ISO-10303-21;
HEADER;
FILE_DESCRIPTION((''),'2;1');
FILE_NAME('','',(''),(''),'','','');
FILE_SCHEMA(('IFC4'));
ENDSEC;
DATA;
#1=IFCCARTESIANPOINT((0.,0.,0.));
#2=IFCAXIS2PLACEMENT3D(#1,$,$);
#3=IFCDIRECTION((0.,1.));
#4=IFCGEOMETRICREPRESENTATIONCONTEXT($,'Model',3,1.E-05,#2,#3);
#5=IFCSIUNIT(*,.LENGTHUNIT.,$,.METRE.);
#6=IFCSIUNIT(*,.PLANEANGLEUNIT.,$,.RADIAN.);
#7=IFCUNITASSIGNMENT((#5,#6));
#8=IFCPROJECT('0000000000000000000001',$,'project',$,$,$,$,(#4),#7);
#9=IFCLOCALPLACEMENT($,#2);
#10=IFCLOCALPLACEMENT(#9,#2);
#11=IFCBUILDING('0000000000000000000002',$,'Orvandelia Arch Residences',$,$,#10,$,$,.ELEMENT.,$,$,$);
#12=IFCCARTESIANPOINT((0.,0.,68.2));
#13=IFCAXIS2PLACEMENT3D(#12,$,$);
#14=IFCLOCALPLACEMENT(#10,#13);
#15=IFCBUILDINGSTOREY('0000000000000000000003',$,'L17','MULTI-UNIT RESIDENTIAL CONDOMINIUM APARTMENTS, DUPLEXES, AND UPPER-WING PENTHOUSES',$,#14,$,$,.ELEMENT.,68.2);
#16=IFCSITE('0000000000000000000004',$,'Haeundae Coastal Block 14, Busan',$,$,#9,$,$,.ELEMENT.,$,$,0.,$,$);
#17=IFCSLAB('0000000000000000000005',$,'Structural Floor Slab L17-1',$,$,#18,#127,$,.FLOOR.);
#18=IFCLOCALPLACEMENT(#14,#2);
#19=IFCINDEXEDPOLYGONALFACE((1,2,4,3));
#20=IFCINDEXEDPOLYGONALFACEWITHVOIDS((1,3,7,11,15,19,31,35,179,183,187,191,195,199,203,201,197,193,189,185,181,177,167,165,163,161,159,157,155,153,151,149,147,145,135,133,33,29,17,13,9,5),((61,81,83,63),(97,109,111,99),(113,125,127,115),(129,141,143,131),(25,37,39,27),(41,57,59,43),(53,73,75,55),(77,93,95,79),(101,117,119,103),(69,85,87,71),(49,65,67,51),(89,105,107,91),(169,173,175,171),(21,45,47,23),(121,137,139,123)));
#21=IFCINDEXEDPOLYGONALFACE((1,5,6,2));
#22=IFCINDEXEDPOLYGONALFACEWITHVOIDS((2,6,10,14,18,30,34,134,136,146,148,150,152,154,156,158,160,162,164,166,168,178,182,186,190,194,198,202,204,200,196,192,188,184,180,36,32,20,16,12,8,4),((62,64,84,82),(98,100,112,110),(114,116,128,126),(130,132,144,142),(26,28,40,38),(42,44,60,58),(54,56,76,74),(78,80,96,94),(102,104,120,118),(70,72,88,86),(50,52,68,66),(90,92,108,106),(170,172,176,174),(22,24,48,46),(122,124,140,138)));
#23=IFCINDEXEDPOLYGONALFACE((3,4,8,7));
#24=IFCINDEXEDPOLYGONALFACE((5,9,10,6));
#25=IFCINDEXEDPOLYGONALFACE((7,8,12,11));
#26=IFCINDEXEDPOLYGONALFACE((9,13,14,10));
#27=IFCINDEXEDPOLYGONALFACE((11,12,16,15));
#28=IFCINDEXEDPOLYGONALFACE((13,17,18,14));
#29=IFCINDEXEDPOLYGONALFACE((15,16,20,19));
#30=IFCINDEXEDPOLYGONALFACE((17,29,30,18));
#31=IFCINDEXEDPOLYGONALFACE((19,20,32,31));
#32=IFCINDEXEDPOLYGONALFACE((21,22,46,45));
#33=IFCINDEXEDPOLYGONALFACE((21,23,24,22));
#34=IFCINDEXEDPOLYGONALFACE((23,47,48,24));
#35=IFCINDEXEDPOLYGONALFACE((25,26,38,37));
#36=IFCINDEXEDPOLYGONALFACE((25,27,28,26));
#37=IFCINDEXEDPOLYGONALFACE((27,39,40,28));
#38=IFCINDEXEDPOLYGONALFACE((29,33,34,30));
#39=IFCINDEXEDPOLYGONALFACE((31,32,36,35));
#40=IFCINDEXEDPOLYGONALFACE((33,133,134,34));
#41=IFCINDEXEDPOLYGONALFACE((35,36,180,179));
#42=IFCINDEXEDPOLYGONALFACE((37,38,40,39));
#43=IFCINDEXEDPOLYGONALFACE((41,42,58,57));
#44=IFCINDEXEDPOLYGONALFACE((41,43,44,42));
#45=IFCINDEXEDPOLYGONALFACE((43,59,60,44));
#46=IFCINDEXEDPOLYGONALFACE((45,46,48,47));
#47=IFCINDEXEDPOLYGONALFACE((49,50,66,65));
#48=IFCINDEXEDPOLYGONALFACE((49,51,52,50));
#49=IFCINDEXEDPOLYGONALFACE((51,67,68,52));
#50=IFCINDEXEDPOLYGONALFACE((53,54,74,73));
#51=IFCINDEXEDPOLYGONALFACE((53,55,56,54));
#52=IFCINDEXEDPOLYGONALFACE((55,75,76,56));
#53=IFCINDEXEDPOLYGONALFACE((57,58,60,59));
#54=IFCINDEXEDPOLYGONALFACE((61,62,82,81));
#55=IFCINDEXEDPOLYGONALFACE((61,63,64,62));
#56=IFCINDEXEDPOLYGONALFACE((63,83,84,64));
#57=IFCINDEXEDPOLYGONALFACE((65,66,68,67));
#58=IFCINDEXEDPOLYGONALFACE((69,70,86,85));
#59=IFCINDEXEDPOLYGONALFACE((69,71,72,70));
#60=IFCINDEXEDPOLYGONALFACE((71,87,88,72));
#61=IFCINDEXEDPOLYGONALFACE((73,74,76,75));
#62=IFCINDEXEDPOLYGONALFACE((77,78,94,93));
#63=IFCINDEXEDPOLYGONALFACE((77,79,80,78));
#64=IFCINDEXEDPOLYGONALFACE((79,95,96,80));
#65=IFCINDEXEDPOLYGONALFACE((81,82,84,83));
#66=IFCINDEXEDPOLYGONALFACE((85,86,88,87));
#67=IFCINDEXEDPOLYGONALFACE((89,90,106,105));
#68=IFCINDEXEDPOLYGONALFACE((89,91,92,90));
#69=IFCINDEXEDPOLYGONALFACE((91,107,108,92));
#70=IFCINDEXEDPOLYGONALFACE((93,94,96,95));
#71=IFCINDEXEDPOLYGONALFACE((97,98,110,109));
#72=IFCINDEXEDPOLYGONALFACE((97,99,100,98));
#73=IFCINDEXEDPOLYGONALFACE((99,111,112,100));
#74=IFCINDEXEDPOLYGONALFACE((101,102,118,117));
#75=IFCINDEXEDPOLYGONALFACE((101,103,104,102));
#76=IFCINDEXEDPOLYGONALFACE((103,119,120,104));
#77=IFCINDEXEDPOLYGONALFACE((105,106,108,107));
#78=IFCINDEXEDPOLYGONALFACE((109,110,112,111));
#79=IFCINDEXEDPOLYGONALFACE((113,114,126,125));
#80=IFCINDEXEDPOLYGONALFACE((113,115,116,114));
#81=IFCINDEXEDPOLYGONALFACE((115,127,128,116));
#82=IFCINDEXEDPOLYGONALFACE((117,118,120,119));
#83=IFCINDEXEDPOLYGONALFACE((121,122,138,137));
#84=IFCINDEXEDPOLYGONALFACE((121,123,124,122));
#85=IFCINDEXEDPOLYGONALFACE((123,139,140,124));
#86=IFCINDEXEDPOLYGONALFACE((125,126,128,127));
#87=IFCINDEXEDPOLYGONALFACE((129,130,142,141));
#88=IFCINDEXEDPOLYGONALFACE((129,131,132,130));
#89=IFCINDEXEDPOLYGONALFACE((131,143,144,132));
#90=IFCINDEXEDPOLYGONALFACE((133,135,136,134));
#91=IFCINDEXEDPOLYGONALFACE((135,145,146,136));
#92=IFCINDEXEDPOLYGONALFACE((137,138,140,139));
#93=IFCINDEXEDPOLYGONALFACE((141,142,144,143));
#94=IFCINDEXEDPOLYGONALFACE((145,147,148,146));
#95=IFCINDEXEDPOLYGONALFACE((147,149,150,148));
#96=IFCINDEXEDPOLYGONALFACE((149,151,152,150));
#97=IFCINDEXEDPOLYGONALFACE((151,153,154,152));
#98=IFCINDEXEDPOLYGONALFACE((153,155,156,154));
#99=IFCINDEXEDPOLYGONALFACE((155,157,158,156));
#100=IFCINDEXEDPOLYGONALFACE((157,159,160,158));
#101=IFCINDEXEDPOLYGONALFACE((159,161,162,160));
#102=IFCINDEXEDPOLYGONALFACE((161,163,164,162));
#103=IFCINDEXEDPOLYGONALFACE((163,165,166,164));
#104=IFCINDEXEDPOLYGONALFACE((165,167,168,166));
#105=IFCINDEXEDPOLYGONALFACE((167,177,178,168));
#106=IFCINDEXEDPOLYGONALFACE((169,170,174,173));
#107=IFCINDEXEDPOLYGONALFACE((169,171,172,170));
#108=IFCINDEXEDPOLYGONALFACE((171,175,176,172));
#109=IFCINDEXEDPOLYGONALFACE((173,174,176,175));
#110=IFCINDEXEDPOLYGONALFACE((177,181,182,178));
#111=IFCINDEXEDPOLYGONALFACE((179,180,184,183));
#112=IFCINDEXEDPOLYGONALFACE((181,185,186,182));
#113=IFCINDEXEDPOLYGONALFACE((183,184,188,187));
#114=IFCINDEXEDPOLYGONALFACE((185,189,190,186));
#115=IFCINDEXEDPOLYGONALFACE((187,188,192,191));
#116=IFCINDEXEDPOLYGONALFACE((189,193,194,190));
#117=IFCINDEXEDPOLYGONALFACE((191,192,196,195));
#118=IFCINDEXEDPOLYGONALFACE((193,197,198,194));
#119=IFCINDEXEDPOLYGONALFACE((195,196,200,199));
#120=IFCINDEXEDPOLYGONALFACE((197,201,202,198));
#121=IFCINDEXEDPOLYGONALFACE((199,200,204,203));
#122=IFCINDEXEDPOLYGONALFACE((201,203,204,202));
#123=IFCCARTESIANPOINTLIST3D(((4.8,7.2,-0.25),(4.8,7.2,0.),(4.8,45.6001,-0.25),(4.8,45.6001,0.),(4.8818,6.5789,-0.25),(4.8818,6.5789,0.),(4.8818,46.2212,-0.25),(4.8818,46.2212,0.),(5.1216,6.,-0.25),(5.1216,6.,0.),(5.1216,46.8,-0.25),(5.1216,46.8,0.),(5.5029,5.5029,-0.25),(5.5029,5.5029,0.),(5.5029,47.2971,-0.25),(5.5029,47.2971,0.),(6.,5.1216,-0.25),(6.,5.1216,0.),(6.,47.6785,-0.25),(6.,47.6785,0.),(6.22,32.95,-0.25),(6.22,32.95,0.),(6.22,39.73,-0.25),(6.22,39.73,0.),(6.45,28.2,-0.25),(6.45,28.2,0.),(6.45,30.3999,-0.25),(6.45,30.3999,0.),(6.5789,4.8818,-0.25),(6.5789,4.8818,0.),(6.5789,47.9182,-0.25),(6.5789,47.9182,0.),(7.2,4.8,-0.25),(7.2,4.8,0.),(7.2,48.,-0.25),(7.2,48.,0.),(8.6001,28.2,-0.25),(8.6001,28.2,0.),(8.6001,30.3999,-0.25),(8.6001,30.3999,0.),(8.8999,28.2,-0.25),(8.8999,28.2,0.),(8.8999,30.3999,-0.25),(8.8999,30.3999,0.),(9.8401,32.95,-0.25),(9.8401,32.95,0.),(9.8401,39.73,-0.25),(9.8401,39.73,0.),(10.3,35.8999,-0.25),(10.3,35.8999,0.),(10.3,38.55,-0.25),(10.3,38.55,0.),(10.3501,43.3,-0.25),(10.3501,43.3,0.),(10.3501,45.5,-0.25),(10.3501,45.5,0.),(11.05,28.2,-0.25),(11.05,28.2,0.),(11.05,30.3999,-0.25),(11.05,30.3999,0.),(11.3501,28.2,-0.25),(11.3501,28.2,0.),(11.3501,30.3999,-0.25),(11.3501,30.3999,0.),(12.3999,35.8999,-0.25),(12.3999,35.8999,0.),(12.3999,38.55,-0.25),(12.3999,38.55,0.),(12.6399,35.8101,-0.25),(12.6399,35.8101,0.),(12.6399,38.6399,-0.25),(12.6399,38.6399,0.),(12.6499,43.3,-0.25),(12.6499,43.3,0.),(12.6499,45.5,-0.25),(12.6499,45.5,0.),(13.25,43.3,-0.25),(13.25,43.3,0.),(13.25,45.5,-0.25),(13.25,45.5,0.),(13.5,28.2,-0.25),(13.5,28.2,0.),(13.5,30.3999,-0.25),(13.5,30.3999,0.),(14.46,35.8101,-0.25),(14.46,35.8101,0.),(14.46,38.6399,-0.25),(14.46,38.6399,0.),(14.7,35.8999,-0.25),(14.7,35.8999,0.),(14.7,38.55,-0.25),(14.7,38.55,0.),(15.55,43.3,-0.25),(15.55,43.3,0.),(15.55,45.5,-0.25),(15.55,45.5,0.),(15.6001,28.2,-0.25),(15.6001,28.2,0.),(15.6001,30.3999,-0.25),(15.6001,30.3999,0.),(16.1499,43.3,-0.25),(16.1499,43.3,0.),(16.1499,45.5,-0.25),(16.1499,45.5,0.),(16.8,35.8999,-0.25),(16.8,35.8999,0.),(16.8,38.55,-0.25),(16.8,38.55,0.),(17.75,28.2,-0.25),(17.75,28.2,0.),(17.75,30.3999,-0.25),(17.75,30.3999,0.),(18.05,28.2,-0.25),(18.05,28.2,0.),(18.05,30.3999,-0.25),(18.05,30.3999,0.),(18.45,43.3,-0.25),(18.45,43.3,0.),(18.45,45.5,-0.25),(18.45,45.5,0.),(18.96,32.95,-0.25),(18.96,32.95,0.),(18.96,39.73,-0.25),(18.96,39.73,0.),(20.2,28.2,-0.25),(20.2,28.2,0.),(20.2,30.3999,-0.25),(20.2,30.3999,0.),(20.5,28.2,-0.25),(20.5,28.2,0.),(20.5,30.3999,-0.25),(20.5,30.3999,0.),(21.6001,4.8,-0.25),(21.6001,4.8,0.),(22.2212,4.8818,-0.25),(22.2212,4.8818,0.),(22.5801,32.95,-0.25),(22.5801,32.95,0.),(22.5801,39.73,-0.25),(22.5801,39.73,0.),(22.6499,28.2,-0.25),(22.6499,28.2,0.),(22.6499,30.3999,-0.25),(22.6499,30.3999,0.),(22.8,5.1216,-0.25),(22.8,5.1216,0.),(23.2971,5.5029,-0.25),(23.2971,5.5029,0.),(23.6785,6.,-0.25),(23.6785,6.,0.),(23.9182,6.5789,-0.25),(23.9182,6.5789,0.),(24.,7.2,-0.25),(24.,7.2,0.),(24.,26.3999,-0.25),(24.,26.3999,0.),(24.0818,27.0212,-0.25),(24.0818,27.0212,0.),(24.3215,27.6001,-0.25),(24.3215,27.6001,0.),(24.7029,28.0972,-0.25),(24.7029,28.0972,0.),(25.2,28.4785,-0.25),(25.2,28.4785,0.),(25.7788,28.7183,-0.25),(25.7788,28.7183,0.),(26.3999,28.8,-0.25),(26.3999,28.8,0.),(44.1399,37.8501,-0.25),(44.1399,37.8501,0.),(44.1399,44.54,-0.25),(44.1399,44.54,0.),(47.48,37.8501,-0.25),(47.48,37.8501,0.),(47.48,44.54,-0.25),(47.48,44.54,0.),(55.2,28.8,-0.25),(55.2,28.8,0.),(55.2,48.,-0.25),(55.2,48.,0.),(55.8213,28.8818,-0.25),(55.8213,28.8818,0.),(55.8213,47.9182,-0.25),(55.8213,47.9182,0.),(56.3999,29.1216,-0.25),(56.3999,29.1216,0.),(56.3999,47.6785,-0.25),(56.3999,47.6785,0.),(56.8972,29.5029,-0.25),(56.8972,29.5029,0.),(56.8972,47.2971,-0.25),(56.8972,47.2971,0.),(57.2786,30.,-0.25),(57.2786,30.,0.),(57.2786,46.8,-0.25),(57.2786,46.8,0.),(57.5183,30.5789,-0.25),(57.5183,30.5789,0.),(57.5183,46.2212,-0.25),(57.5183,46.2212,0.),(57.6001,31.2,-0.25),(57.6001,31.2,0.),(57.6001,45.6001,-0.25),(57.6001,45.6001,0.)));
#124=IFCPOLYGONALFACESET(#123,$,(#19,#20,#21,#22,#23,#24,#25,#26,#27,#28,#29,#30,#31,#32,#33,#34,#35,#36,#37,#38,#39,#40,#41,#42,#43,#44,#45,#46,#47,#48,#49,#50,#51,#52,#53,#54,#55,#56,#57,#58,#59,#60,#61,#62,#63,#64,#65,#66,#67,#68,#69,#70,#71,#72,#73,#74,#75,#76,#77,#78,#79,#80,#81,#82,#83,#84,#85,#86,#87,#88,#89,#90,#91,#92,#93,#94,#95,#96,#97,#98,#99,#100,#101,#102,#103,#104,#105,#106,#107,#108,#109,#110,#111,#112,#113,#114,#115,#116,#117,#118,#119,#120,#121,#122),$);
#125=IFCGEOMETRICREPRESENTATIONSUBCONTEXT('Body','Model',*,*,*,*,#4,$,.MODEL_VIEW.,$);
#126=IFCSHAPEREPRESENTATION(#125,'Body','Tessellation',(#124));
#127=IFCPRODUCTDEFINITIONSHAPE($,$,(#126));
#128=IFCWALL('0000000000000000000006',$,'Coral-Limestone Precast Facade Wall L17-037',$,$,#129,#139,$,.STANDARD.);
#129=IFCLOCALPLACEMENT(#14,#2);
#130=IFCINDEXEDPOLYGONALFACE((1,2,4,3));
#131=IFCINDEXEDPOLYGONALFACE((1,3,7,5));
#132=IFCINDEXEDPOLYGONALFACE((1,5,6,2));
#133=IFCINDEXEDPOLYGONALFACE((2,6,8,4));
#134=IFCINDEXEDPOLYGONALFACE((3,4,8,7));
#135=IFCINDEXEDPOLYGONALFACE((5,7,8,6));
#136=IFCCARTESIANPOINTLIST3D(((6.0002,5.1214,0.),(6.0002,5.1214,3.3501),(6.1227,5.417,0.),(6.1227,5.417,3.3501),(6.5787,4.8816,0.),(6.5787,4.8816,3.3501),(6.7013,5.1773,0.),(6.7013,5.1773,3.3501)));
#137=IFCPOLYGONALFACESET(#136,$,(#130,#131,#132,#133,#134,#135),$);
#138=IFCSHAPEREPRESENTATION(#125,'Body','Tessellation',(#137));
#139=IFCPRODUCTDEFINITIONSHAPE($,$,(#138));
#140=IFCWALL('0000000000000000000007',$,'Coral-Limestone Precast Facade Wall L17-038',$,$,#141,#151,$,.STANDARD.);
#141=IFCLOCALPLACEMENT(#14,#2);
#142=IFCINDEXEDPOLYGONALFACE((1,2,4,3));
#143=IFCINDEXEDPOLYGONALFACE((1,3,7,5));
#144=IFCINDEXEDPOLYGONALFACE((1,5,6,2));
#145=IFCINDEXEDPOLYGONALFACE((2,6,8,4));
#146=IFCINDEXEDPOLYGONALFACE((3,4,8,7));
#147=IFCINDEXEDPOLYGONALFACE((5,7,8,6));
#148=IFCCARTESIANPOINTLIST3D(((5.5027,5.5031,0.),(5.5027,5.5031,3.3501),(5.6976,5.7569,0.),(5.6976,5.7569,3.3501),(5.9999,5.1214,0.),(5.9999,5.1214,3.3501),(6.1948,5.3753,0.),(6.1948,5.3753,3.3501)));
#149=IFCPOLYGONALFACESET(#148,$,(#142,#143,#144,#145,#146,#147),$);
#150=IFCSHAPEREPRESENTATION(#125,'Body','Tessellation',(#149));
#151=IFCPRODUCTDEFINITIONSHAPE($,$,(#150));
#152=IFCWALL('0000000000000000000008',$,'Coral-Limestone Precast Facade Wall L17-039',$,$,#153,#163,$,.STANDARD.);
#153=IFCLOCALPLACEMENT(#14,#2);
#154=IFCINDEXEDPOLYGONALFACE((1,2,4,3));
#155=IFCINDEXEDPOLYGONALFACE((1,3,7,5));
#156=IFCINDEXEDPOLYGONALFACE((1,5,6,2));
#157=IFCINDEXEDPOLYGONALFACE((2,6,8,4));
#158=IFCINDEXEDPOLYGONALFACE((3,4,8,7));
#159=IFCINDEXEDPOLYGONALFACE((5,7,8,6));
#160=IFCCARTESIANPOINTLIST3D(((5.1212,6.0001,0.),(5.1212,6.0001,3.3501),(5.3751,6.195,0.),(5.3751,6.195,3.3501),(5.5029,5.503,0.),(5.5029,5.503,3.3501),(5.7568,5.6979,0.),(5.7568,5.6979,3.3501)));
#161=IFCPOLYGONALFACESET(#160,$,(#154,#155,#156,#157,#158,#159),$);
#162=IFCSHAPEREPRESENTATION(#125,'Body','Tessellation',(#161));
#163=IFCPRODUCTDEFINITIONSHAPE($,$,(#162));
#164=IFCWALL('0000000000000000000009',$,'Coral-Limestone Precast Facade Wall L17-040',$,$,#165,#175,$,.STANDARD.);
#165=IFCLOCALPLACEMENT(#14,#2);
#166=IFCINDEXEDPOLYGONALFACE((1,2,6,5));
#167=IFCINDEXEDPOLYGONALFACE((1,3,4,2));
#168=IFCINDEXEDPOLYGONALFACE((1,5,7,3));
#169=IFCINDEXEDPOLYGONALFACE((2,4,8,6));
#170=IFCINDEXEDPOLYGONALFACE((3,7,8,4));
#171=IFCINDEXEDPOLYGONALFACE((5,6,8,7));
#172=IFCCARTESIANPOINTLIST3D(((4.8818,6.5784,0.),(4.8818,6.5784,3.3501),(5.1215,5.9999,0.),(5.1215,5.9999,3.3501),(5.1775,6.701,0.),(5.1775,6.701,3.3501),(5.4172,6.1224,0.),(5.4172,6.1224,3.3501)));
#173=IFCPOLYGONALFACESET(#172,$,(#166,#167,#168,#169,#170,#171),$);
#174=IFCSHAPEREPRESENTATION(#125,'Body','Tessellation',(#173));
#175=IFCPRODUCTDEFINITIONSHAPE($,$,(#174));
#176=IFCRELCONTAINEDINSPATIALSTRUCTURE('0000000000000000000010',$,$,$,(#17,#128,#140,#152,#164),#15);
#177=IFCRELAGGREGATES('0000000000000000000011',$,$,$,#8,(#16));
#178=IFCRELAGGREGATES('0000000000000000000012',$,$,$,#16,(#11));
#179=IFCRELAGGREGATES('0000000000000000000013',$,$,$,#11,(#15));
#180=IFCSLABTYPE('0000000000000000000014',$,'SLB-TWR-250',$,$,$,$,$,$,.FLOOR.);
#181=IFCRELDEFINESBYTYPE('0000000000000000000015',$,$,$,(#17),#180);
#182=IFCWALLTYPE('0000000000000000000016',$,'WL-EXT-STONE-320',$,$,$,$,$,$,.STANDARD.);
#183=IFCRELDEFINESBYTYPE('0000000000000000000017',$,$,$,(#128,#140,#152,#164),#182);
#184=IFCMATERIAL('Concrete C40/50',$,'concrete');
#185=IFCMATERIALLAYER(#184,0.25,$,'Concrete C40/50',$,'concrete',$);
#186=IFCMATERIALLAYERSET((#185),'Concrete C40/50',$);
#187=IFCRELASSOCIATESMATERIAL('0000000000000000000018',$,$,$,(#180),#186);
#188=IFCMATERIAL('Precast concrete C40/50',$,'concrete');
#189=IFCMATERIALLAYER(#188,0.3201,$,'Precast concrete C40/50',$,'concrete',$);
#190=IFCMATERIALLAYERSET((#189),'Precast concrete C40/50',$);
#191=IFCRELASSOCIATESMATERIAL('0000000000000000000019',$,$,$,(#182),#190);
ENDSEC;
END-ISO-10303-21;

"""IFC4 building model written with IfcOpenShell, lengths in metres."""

from ifc_helpers import new_model, si_unit, direction, frame, frame_2d, origin, place, context, subcontext, project, spatial, polyline, rectangle, outline, extrude, material, layer, layer_set, type_object, element, save


model = new_model("IFC4")

# Units and contexts
model_context = context("Model", 3, precision=1e-05, world=origin(), true_north=direction((0.0, 1.0)))
body_context = subcontext(model_context, "Body", "Model", "MODEL_VIEW")
ifc_project = project(units=[si_unit("LENGTHUNIT", "METRE"), si_unit("PLANEANGLEUNIT", "RADIAN")], contexts=[model_context])

# Site, building, storey
site_placement = place(None, origin())
site = spatial("IfcSite", under=ifc_project, at=site_placement, Name="Haeundae Coastal Block 14, Busan", CompositionType="ELEMENT", RefElevation=0.0)
building_placement = place(site_placement, origin())
building = spatial("IfcBuilding", under=site, at=building_placement, Name="Orvandelia Arch Residences", CompositionType="ELEMENT")
storey_placement = place(building_placement, frame((0.0, 0.0, 68.2)))
storey = spatial("IfcBuildingStorey", under=building, at=storey_placement, Name="L17", Description="MULTI-UNIT RESIDENTIAL CONDOMINIUM APARTMENTS, DUPLEXES, AND UPPER-WING PENTHOUSES", CompositionType="ELEMENT", Elevation=68.2)

# Shared definitions
ifc_material_1 = material(Name="Precast concrete C40/50", Category="concrete")

# Shared definitions
ifc_material_2 = material(Name="Concrete C40/50", Category="concrete")

# Slab
ifc_layer_1 = layer(ifc_material_2, 0.25, Name="Concrete C40/50", Category="concrete")
ifc_layer_set_1 = layer_set([ifc_layer_1], Name="Concrete C40/50")
slab_type_1 = type_object("IfcSlabType", Name="SLB-TWR-250", PredefinedType="FLOOR", material=ifc_layer_set_1)
slab_1_placement = place(storey_placement, frame((0.0, 0.0, -0.25)))
element("IfcSlab", 1, at=slab_1_placement, inside=storey, type_object=slab_type_1, Name="Structural Floor Slab L17-1", PredefinedType="FLOOR", context=body_context, shape_type="SweptSolid", body=[
    extrude(outline(polyline([(4.8, 7.2), (4.8818, 6.5789), (5.1216, 6.0), (5.5029, 5.5029), (6.0, 5.1216), (6.5789, 4.8818), (7.2, 4.8), (21.6001, 4.8), (22.2212, 4.8818), (22.8, 5.1216), (23.2971, 5.5029), (23.6785, 6.0), (23.9182, 6.5789), (24.0, 7.2), (24.0, 26.3999), (24.0818, 27.0212), (24.3215, 27.6001), (24.7029, 28.0972), (25.2, 28.4785), (25.7788, 28.7183), (26.3999, 28.8), (55.2, 28.8), (55.8213, 28.8818), (56.3999, 29.1216), (56.8972, 29.5029), (57.2786, 30.0), (57.5183, 30.5789), (57.6001, 31.2), (57.6001, 45.6001), (57.5183, 46.2212), (57.2786, 46.8), (56.8972, 47.2971), (56.3999, 47.6785), (55.8213, 47.9182), (55.2, 48.0), (7.2, 48.0), (6.5789, 47.9182), (6.0, 47.6785), (5.5029, 47.2971), (5.1216, 46.8), (4.8818, 46.2212), (4.8, 45.6001), (4.8, 7.2)]), holes=[polyline([(6.22, 32.95), (9.8401, 32.95), (9.8401, 39.73), (6.22, 39.73), (6.22, 32.95)]), polyline([(18.96, 32.95), (22.5801, 32.95), (22.5801, 39.73), (18.96, 39.73), (18.96, 32.95)]), polyline([(44.1399, 37.8501), (47.48, 37.8501), (47.48, 44.54), (44.1399, 44.54), (44.1399, 37.8501)]), polyline([(12.6399, 35.8101), (14.46, 35.8101), (14.46, 38.6399), (12.6399, 38.6399), (12.6399, 35.8101)]), polyline([(10.3, 35.8999), (12.3999, 35.8999), (12.3999, 38.55), (10.3, 38.55), (10.3, 35.8999)]), polyline([(14.7, 35.8999), (16.8, 35.8999), (16.8, 38.55), (14.7, 38.55), (14.7, 35.8999)]), polyline([(10.3501, 43.3), (12.6499, 43.3), (12.6499, 45.5), (10.3501, 45.5), (10.3501, 43.3)]), polyline([(13.25, 43.3), (15.55, 43.3), (15.55, 45.5), (13.25, 45.5), (13.25, 43.3)]), polyline([(16.1499, 43.3), (18.45, 43.3), (18.45, 45.5), (16.1499, 45.5), (16.1499, 43.3)]), polyline([(6.45, 28.2), (8.6001, 28.2), (8.6001, 30.3999), (6.45, 30.3999), (6.45, 28.2)]), polyline([(8.8999, 28.2), (11.05, 28.2), (11.05, 30.3999), (8.8999, 30.3999), (8.8999, 28.2)]), polyline([(11.3501, 28.2), (13.5, 28.2), (13.5, 30.3999), (11.3501, 30.3999), (11.3501, 28.2)]), polyline([(15.6001, 28.2), (17.75, 28.2), (17.75, 30.3999), (15.6001, 30.3999), (15.6001, 28.2)]), polyline([(18.05, 28.2), (20.2, 28.2), (20.2, 30.3999), (18.05, 30.3999), (18.05, 28.2)]), polyline([(20.5, 28.2), (22.6499, 28.2), (22.6499, 30.3999), (20.5, 30.3999), (20.5, 28.2)])]), origin(), (0.0, 0.0, 1.0), 0.25),
])

# Walls
ifc_layer_2 = layer(ifc_material_1, 0.3201, Name="Precast concrete C40/50", Category="concrete")
ifc_layer_set_2 = layer_set([ifc_layer_2], Name="Precast concrete C40/50")
wall_type = type_object("IfcWallType", Name="WL-EXT-STONE-320", PredefinedType="STANDARD", material=ifc_layer_set_2)
wall_1_placement = place(storey_placement, frame((6.6399, 5.0295, 0.0), z_axis=(0.0, 0.0, 1.0), x_axis=(-0.923836, 0.382788, 0.0)))
element("IfcWall", 2, at=wall_1_placement, inside=storey, type_object=wall_type, Name="Coral-Limestone Precast Facade Wall L17-037", PredefinedType="STANDARD", context=body_context, shape_type="SweptSolid", body=[
    extrude(rectangle(XDim=0.6262, YDim=0.3201, at=frame_2d((0.313, 0.0))), origin(), (0.0, 0.0, 1.0), 3.3501),
])
for number, where, z_axis, x_axis, name in (
    (3, (6.0974, 5.2483, 0.0), (0.0, 0.0, 1.0), (-0.793217, 0.608939, 0.0), "Coral-Limestone Precast Facade Wall L17-038"),
    (4, (5.6299, 5.6003, 0.0), (0.0, 0.0, 1.0), (-0.608939, 0.793217, 0.0), "Coral-Limestone Precast Facade Wall L17-039"),
):
    element("IfcWall", number, at=place(storey_placement, frame(where, z_axis=z_axis, x_axis=x_axis)), inside=storey, type_object=wall_type, Name=name, PredefinedType="STANDARD", context=body_context, shape_type="SweptSolid", body=[
        extrude(rectangle(XDim=0.6267, YDim=0.3201, at=frame_2d((0.3135, 0.0))), origin(), (0.0, 0.0, 1.0), 3.3501),
    ])
wall_2_placement = place(storey_placement, frame((5.2693, 6.0613, 0.0), z_axis=(0.0, 0.0, 1.0), x_axis=(-0.382788, 0.923836, 0.0)))
element("IfcWall", 5, at=wall_2_placement, inside=storey, type_object=wall_type, Name="Coral-Limestone Precast Facade Wall L17-040", PredefinedType="STANDARD", context=body_context, shape_type="SweptSolid", body=[
    extrude(rectangle(XDim=0.6262, YDim=0.3201, at=frame_2d((0.313, 0.0))), origin(), (0.0, 0.0, 1.0), 3.3501),
])

save(model, "model.ifc")
